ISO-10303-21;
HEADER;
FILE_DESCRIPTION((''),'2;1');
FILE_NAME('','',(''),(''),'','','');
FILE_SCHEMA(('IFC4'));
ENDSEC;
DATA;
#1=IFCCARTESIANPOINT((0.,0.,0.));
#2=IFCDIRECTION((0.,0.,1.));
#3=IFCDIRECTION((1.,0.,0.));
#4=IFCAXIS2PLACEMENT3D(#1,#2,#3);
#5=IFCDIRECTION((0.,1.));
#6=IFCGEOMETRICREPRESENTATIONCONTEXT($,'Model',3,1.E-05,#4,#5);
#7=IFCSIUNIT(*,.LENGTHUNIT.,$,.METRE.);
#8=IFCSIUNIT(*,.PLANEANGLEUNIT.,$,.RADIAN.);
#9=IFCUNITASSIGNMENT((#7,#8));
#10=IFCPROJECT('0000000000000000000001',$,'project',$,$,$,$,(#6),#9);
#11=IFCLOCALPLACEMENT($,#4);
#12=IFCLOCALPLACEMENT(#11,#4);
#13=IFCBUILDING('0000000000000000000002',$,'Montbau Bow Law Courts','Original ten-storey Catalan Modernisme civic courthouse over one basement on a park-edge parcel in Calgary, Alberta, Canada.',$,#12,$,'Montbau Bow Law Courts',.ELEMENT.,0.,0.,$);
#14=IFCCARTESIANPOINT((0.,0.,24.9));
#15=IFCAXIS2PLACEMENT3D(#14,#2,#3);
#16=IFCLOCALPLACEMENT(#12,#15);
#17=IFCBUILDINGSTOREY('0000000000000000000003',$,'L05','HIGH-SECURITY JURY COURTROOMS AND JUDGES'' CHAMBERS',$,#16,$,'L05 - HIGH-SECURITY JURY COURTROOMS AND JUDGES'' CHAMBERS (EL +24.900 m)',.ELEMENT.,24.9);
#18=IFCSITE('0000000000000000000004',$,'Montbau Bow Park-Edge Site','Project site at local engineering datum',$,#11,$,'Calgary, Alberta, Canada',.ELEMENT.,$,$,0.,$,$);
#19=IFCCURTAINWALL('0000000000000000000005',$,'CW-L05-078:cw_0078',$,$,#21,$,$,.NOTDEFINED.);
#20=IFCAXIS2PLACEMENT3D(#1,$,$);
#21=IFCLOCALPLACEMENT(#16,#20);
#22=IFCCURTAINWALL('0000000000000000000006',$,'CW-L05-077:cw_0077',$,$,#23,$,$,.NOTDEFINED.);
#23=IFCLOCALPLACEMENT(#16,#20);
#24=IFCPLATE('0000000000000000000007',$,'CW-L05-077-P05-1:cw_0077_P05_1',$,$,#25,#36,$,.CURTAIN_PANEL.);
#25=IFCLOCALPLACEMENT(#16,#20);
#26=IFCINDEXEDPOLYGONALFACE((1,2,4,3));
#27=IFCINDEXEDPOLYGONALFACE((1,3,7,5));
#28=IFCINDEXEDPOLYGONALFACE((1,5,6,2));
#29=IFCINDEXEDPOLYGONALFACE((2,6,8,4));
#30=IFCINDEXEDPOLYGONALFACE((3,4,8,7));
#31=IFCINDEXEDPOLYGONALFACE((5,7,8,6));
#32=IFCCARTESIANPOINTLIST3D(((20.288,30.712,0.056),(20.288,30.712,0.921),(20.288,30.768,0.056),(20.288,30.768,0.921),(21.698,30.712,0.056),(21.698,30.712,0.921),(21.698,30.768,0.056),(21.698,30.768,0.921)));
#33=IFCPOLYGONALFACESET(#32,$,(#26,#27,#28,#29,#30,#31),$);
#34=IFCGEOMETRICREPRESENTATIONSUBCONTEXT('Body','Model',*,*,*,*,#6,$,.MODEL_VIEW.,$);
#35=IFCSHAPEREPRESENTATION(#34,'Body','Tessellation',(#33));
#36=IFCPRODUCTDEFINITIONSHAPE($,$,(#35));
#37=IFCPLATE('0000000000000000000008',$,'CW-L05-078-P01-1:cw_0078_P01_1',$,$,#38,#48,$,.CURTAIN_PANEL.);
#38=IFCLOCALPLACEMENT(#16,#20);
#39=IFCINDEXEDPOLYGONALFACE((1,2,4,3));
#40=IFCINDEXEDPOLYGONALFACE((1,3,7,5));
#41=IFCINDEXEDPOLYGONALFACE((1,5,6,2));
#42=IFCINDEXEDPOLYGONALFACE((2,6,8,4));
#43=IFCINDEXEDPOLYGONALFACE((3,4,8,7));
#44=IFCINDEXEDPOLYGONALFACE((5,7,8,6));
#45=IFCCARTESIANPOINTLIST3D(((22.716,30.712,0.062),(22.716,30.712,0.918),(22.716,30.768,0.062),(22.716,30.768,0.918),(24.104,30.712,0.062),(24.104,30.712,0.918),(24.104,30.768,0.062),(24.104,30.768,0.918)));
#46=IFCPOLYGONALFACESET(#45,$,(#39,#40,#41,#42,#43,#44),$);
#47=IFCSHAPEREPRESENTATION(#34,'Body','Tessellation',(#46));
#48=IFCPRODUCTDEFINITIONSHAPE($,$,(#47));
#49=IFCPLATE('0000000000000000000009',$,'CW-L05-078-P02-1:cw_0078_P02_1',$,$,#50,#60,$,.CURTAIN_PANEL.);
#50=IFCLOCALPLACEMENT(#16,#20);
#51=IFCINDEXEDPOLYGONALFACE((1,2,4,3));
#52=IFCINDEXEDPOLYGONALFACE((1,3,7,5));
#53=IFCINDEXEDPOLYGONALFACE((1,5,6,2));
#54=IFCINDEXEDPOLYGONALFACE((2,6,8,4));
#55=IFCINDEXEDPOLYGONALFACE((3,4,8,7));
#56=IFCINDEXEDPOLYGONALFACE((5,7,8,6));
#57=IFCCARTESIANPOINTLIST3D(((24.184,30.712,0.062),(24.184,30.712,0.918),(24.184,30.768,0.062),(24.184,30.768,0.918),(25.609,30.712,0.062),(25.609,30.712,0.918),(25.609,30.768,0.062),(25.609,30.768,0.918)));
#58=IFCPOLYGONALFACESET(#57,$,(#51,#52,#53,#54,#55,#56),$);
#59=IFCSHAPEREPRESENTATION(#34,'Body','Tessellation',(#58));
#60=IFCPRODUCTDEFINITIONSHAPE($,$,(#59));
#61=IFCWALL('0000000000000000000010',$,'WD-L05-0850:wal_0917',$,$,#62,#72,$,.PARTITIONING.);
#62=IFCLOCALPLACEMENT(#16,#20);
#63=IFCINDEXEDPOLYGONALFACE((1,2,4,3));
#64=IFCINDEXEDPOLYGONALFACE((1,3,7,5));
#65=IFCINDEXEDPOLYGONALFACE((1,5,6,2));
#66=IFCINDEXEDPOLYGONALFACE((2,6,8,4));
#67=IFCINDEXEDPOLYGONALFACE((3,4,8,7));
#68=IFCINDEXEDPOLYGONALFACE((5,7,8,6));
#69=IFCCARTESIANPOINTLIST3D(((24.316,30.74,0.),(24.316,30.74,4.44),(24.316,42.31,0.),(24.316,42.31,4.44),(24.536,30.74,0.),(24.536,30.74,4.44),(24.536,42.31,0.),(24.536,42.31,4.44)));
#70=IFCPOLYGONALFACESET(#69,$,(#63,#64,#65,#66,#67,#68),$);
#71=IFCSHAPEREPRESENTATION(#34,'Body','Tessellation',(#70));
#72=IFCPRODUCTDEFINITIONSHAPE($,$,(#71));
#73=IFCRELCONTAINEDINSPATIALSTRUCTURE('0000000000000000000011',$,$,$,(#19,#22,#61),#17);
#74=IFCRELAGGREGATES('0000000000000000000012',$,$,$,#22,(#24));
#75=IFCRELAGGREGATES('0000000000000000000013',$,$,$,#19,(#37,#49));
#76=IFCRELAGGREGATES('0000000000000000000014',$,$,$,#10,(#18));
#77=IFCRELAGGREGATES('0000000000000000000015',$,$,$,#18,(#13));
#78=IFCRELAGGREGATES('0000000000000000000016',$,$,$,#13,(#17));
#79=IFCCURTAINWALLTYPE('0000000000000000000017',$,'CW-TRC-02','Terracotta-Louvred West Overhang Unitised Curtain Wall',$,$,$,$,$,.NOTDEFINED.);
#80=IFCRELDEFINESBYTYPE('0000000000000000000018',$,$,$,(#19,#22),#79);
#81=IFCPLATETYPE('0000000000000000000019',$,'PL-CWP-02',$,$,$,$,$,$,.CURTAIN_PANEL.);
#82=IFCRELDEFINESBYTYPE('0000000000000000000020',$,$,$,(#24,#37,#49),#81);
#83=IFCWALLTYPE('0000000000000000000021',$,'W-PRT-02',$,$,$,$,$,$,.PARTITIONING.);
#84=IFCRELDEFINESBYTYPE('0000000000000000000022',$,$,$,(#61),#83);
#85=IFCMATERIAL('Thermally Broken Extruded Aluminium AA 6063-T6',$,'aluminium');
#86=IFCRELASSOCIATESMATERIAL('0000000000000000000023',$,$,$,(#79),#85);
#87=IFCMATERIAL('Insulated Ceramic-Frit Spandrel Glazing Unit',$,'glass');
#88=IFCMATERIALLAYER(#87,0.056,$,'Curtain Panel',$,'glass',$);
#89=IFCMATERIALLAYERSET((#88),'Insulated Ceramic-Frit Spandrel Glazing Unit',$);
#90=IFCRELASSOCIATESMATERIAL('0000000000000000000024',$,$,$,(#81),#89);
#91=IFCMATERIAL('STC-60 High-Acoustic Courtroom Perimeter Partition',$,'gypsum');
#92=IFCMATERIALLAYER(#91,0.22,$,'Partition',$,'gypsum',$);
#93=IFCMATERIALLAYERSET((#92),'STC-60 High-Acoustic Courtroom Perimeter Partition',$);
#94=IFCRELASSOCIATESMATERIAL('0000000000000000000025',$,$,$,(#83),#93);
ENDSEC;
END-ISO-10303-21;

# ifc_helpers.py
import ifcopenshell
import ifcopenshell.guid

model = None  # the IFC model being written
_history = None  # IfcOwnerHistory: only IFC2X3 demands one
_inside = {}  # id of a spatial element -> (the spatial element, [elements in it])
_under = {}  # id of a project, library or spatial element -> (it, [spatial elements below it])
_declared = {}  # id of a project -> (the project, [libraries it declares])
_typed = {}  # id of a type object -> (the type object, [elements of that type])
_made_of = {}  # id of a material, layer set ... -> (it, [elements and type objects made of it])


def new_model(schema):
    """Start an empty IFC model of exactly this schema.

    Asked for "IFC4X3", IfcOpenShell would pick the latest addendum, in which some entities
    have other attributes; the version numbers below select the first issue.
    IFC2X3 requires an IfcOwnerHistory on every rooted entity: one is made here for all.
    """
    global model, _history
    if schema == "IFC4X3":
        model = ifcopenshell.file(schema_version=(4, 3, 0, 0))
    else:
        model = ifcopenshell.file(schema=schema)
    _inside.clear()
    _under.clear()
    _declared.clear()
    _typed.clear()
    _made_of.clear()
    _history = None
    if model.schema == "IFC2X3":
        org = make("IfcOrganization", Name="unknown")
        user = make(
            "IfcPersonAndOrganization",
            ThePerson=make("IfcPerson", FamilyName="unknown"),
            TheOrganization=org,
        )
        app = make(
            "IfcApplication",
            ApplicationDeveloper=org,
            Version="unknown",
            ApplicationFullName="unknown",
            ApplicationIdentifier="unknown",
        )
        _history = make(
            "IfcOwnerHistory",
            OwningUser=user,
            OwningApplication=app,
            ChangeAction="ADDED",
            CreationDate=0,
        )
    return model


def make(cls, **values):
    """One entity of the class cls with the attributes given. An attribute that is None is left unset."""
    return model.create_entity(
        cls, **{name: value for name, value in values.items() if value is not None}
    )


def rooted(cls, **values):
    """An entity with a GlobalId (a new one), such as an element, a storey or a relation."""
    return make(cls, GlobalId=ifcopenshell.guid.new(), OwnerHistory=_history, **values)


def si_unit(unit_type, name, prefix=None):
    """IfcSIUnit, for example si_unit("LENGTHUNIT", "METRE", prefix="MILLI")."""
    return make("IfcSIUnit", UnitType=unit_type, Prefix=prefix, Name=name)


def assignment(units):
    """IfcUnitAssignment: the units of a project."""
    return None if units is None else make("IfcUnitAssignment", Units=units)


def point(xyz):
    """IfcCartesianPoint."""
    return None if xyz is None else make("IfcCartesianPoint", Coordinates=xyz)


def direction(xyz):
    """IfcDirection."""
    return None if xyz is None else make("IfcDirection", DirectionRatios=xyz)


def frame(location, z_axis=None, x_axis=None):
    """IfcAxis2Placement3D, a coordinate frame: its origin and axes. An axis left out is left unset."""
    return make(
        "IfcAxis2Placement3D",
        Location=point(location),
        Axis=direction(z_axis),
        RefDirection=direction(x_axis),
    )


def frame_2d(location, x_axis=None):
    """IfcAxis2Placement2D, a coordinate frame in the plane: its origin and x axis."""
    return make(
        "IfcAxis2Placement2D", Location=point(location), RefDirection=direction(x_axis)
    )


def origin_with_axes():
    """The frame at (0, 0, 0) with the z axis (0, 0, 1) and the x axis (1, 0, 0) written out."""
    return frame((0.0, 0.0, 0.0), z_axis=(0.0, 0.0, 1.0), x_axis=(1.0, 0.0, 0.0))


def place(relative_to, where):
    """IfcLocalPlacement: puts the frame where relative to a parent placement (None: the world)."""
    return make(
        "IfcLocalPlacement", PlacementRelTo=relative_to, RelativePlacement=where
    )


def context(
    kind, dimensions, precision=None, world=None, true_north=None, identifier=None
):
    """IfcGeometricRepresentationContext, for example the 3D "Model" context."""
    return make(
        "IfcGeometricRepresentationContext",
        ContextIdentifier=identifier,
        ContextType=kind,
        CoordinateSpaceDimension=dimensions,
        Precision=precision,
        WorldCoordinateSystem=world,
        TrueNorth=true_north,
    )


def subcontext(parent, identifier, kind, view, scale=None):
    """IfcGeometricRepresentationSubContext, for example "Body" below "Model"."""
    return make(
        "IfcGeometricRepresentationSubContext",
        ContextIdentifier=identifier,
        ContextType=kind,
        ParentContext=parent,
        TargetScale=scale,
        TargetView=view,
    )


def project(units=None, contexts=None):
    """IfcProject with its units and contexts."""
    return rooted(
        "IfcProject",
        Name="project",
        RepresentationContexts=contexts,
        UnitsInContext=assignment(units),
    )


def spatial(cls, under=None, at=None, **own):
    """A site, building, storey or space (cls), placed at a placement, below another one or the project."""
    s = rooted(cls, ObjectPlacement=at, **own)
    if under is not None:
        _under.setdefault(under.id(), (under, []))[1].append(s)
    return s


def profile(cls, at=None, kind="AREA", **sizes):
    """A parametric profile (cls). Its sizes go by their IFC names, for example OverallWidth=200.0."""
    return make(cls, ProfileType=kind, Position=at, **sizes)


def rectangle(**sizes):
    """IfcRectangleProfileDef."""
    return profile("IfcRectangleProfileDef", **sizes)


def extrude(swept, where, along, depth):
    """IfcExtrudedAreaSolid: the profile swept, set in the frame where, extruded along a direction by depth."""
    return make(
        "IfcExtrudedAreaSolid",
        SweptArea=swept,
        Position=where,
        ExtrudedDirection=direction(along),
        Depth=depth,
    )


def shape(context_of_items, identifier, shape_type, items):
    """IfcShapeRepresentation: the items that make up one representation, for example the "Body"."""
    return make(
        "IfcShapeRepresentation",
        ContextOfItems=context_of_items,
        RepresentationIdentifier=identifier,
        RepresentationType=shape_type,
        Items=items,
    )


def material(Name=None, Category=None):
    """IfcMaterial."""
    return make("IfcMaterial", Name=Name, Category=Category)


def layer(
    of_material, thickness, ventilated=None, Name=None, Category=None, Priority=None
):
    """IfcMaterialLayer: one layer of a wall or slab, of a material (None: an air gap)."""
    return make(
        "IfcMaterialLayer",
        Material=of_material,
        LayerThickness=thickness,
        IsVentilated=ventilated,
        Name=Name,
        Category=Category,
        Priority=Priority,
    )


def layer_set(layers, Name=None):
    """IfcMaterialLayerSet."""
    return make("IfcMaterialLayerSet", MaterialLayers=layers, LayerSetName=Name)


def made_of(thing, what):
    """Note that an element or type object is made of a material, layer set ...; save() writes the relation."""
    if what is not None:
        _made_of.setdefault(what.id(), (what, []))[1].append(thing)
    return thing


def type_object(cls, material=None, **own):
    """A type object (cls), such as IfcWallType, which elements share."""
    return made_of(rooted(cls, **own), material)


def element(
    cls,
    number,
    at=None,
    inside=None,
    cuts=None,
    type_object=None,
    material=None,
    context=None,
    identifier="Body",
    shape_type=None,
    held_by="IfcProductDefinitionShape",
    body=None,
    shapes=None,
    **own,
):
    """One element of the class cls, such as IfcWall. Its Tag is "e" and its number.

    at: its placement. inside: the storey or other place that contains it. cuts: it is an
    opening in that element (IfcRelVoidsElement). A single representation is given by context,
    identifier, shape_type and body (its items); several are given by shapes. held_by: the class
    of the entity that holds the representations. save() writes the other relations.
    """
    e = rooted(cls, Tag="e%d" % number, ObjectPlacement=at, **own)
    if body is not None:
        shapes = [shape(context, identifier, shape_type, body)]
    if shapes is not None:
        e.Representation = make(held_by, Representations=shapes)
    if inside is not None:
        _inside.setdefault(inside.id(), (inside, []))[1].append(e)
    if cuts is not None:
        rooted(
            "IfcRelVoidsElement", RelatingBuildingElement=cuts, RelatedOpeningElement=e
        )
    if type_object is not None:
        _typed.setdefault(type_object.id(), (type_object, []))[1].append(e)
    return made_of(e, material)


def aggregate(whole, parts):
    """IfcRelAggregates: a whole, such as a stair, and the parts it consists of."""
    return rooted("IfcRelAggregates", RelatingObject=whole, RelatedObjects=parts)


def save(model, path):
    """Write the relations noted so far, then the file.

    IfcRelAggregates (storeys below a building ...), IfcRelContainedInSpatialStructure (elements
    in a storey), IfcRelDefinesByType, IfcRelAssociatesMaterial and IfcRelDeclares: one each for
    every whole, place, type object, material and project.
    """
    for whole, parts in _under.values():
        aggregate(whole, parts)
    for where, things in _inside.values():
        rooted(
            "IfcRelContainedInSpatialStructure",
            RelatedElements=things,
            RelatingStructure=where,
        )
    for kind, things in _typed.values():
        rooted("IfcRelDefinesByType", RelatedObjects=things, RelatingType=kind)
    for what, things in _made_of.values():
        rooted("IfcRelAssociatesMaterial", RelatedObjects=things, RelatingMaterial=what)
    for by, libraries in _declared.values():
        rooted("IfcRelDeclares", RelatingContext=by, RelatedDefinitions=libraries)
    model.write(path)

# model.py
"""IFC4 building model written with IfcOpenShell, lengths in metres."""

from ifc_helpers import new_model, si_unit, direction, frame, frame_2d, origin_with_axes, place, context, subcontext, project, spatial, rectangle, extrude, material, layer, layer_set, type_object, element, aggregate, save


model = new_model("IFC4")

# Units and contexts
model_context = context("Model", 3, precision=1e-05, world=origin_with_axes(), true_north=direction((0.0, 1.0)))
body_context = subcontext(model_context, "Body", "Model", "MODEL_VIEW")
ifc_project = project(units=[si_unit("LENGTHUNIT", "METRE"), si_unit("PLANEANGLEUNIT", "RADIAN")], contexts=[model_context])

# Site, building, storey
site_placement = place(None, origin_with_axes())
site = spatial("IfcSite", under=ifc_project, at=site_placement, Name="Montbau Bow Park-Edge Site", Description="Project site at local engineering datum", LongName="Calgary, Alberta, Canada", CompositionType="ELEMENT", RefElevation=0.0)
building_placement = place(site_placement, origin_with_axes())
building = spatial("IfcBuilding", under=site, at=building_placement, Name="Montbau Bow Law Courts", Description="Original ten-storey Catalan Modernisme civic courthouse over one basement on a park-edge parcel in Calgary, Alberta, Canada.", LongName="Montbau Bow Law Courts", CompositionType="ELEMENT", ElevationOfRefHeight=0.0, ElevationOfTerrain=0.0)
storey_placement = place(building_placement, frame((0.0, 0.0, 24.9), z_axis=(0.0, 0.0, 1.0), x_axis=(1.0, 0.0, 0.0)))
storey = spatial("IfcBuildingStorey", under=building, at=storey_placement, Name="L05", Description="HIGH-SECURITY JURY COURTROOMS AND JUDGES' CHAMBERS", LongName="L05 - HIGH-SECURITY JURY COURTROOMS AND JUDGES' CHAMBERS (EL +24.900 m)", CompositionType="ELEMENT", Elevation=24.9)

# Curtain walls
ifc_material_1 = material(Name="Thermally Broken Extruded Aluminium AA 6063-T6", Category="aluminium")
curtain_wall_type = type_object("IfcCurtainWallType", Name="CW-TRC-02", Description="Terracotta-Louvred West Overhang Unitised Curtain Wall", PredefinedType="NOTDEFINED", material=ifc_material_1)
curtain_wall_1_placement = place(None, frame((22.64, 30.74, 24.9), z_axis=(0.0, 0.0, 1.0), x_axis=(1.0, 0.0, 0.0)))
curtain_wall_1 = element("IfcCurtainWall", 1, at=curtain_wall_1_placement, inside=storey, type_object=curtain_wall_type, Name="CW-L05-078:cw_0078", PredefinedType="NOTDEFINED")
curtain_wall_2_placement = place(None, frame((14.24, 30.74, 24.9), z_axis=(0.0, 0.0, 1.0), x_axis=(1.0, 0.0, 0.0)))
curtain_wall_2 = element("IfcCurtainWall", 2, at=curtain_wall_2_placement, inside=storey, type_object=curtain_wall_type, Name="CW-L05-077:cw_0077", PredefinedType="NOTDEFINED")

# Plates
ifc_material_2 = material(Name="Insulated Ceramic-Frit Spandrel Glazing Unit", Category="glass")
ifc_layer_1 = layer(ifc_material_2, 0.056, Name="Curtain Panel", Category="glass")
ifc_layer_set_1 = layer_set([ifc_layer_1], Name="Insulated Ceramic-Frit Spandrel Glazing Unit")
plate_type_1 = type_object("IfcPlateType", Name="PL-CWP-02", PredefinedType="CURTAIN_PANEL", material=ifc_layer_set_1)
plate_1_placement = place(None, frame((20.288, 30.74, 24.956), z_axis=(0.0, -1.0, 0.0), x_axis=(1.0, 0.0, 0.0)))
plate_1 = element("IfcPlate", 3, at=plate_1_placement, type_object=plate_type_1, Name="CW-L05-077-P05-1:cw_0077_P05_1", PredefinedType="CURTAIN_PANEL", context=body_context, shape_type="SweptSolid", body=[
    extrude(rectangle(XDim=1.41, YDim=0.865, at=frame_2d((0.705, 0.4325), x_axis=(1.0, 0.0))), frame((0.0, 0.0, -0.028), z_axis=(0.0, 0.0, 1.0), x_axis=(1.0, 0.0, 0.0)), (0.0, 0.0, 1.0), 0.056),
])
aggregate(curtain_wall_2, [plate_1])
plate_2_placement = place(None, frame((22.716, 30.74, 24.962), z_axis=(0.0, -1.0, 0.0), x_axis=(1.0, 0.0, 0.0)))
plate_2 = element("IfcPlate", 4, at=plate_2_placement, type_object=plate_type_1, Name="CW-L05-078-P01-1:cw_0078_P01_1", PredefinedType="CURTAIN_PANEL", context=body_context, shape_type="SweptSolid", body=[
    extrude(rectangle(XDim=1.388, YDim=0.856, at=frame_2d((0.694, 0.428), x_axis=(1.0, 0.0))), frame((0.0, 0.0, -0.028), z_axis=(0.0, 0.0, 1.0), x_axis=(1.0, 0.0, 0.0)), (0.0, 0.0, 1.0), 0.056),
])
plate_3_placement = place(None, frame((24.184, 30.74, 24.962), z_axis=(0.0, -1.0, 0.0), x_axis=(1.0, 0.0, 0.0)))
plate_3 = element("IfcPlate", 5, at=plate_3_placement, type_object=plate_type_1, Name="CW-L05-078-P02-1:cw_0078_P02_1", PredefinedType="CURTAIN_PANEL", context=body_context, shape_type="SweptSolid", body=[
    extrude(rectangle(XDim=1.425, YDim=0.856, at=frame_2d((0.7125, 0.428), x_axis=(1.0, 0.0))), frame((0.0, 0.0, -0.028), z_axis=(0.0, 0.0, 1.0), x_axis=(1.0, 0.0, 0.0)), (0.0, 0.0, 1.0), 0.056),
])
aggregate(curtain_wall_1, [plate_2, plate_3])

# Wall
ifc_material_3 = material(Name="STC-60 High-Acoustic Courtroom Perimeter Partition", Category="gypsum")
ifc_layer_2 = layer(ifc_material_3, 0.22, Name="Partition", Category="gypsum")
ifc_layer_set_2 = layer_set([ifc_layer_2], Name="STC-60 High-Acoustic Courtroom Perimeter Partition")
wall_type = type_object("IfcWallType", Name="W-PRT-02", PredefinedType="PARTITIONING", material=ifc_layer_set_2)
wall_placement = place(None, frame((24.426, 30.74, 24.9), z_axis=(0.0, 0.0, 1.0), x_axis=(0.0, 1.0, 0.0)))
element("IfcWall", 6, at=wall_placement, inside=storey, type_object=wall_type, Name="WD-L05-0850:wal_0917", PredefinedType="PARTITIONING", context=body_context, shape_type="SweptSolid", body=[
    extrude(rectangle(XDim=11.57, YDim=0.22, at=frame_2d((5.785, 0.0), x_axis=(1.0, 0.0))), origin_with_axes(), (0.0, 0.0, 1.0), 4.44),
])

save(model, "model.ifc")
